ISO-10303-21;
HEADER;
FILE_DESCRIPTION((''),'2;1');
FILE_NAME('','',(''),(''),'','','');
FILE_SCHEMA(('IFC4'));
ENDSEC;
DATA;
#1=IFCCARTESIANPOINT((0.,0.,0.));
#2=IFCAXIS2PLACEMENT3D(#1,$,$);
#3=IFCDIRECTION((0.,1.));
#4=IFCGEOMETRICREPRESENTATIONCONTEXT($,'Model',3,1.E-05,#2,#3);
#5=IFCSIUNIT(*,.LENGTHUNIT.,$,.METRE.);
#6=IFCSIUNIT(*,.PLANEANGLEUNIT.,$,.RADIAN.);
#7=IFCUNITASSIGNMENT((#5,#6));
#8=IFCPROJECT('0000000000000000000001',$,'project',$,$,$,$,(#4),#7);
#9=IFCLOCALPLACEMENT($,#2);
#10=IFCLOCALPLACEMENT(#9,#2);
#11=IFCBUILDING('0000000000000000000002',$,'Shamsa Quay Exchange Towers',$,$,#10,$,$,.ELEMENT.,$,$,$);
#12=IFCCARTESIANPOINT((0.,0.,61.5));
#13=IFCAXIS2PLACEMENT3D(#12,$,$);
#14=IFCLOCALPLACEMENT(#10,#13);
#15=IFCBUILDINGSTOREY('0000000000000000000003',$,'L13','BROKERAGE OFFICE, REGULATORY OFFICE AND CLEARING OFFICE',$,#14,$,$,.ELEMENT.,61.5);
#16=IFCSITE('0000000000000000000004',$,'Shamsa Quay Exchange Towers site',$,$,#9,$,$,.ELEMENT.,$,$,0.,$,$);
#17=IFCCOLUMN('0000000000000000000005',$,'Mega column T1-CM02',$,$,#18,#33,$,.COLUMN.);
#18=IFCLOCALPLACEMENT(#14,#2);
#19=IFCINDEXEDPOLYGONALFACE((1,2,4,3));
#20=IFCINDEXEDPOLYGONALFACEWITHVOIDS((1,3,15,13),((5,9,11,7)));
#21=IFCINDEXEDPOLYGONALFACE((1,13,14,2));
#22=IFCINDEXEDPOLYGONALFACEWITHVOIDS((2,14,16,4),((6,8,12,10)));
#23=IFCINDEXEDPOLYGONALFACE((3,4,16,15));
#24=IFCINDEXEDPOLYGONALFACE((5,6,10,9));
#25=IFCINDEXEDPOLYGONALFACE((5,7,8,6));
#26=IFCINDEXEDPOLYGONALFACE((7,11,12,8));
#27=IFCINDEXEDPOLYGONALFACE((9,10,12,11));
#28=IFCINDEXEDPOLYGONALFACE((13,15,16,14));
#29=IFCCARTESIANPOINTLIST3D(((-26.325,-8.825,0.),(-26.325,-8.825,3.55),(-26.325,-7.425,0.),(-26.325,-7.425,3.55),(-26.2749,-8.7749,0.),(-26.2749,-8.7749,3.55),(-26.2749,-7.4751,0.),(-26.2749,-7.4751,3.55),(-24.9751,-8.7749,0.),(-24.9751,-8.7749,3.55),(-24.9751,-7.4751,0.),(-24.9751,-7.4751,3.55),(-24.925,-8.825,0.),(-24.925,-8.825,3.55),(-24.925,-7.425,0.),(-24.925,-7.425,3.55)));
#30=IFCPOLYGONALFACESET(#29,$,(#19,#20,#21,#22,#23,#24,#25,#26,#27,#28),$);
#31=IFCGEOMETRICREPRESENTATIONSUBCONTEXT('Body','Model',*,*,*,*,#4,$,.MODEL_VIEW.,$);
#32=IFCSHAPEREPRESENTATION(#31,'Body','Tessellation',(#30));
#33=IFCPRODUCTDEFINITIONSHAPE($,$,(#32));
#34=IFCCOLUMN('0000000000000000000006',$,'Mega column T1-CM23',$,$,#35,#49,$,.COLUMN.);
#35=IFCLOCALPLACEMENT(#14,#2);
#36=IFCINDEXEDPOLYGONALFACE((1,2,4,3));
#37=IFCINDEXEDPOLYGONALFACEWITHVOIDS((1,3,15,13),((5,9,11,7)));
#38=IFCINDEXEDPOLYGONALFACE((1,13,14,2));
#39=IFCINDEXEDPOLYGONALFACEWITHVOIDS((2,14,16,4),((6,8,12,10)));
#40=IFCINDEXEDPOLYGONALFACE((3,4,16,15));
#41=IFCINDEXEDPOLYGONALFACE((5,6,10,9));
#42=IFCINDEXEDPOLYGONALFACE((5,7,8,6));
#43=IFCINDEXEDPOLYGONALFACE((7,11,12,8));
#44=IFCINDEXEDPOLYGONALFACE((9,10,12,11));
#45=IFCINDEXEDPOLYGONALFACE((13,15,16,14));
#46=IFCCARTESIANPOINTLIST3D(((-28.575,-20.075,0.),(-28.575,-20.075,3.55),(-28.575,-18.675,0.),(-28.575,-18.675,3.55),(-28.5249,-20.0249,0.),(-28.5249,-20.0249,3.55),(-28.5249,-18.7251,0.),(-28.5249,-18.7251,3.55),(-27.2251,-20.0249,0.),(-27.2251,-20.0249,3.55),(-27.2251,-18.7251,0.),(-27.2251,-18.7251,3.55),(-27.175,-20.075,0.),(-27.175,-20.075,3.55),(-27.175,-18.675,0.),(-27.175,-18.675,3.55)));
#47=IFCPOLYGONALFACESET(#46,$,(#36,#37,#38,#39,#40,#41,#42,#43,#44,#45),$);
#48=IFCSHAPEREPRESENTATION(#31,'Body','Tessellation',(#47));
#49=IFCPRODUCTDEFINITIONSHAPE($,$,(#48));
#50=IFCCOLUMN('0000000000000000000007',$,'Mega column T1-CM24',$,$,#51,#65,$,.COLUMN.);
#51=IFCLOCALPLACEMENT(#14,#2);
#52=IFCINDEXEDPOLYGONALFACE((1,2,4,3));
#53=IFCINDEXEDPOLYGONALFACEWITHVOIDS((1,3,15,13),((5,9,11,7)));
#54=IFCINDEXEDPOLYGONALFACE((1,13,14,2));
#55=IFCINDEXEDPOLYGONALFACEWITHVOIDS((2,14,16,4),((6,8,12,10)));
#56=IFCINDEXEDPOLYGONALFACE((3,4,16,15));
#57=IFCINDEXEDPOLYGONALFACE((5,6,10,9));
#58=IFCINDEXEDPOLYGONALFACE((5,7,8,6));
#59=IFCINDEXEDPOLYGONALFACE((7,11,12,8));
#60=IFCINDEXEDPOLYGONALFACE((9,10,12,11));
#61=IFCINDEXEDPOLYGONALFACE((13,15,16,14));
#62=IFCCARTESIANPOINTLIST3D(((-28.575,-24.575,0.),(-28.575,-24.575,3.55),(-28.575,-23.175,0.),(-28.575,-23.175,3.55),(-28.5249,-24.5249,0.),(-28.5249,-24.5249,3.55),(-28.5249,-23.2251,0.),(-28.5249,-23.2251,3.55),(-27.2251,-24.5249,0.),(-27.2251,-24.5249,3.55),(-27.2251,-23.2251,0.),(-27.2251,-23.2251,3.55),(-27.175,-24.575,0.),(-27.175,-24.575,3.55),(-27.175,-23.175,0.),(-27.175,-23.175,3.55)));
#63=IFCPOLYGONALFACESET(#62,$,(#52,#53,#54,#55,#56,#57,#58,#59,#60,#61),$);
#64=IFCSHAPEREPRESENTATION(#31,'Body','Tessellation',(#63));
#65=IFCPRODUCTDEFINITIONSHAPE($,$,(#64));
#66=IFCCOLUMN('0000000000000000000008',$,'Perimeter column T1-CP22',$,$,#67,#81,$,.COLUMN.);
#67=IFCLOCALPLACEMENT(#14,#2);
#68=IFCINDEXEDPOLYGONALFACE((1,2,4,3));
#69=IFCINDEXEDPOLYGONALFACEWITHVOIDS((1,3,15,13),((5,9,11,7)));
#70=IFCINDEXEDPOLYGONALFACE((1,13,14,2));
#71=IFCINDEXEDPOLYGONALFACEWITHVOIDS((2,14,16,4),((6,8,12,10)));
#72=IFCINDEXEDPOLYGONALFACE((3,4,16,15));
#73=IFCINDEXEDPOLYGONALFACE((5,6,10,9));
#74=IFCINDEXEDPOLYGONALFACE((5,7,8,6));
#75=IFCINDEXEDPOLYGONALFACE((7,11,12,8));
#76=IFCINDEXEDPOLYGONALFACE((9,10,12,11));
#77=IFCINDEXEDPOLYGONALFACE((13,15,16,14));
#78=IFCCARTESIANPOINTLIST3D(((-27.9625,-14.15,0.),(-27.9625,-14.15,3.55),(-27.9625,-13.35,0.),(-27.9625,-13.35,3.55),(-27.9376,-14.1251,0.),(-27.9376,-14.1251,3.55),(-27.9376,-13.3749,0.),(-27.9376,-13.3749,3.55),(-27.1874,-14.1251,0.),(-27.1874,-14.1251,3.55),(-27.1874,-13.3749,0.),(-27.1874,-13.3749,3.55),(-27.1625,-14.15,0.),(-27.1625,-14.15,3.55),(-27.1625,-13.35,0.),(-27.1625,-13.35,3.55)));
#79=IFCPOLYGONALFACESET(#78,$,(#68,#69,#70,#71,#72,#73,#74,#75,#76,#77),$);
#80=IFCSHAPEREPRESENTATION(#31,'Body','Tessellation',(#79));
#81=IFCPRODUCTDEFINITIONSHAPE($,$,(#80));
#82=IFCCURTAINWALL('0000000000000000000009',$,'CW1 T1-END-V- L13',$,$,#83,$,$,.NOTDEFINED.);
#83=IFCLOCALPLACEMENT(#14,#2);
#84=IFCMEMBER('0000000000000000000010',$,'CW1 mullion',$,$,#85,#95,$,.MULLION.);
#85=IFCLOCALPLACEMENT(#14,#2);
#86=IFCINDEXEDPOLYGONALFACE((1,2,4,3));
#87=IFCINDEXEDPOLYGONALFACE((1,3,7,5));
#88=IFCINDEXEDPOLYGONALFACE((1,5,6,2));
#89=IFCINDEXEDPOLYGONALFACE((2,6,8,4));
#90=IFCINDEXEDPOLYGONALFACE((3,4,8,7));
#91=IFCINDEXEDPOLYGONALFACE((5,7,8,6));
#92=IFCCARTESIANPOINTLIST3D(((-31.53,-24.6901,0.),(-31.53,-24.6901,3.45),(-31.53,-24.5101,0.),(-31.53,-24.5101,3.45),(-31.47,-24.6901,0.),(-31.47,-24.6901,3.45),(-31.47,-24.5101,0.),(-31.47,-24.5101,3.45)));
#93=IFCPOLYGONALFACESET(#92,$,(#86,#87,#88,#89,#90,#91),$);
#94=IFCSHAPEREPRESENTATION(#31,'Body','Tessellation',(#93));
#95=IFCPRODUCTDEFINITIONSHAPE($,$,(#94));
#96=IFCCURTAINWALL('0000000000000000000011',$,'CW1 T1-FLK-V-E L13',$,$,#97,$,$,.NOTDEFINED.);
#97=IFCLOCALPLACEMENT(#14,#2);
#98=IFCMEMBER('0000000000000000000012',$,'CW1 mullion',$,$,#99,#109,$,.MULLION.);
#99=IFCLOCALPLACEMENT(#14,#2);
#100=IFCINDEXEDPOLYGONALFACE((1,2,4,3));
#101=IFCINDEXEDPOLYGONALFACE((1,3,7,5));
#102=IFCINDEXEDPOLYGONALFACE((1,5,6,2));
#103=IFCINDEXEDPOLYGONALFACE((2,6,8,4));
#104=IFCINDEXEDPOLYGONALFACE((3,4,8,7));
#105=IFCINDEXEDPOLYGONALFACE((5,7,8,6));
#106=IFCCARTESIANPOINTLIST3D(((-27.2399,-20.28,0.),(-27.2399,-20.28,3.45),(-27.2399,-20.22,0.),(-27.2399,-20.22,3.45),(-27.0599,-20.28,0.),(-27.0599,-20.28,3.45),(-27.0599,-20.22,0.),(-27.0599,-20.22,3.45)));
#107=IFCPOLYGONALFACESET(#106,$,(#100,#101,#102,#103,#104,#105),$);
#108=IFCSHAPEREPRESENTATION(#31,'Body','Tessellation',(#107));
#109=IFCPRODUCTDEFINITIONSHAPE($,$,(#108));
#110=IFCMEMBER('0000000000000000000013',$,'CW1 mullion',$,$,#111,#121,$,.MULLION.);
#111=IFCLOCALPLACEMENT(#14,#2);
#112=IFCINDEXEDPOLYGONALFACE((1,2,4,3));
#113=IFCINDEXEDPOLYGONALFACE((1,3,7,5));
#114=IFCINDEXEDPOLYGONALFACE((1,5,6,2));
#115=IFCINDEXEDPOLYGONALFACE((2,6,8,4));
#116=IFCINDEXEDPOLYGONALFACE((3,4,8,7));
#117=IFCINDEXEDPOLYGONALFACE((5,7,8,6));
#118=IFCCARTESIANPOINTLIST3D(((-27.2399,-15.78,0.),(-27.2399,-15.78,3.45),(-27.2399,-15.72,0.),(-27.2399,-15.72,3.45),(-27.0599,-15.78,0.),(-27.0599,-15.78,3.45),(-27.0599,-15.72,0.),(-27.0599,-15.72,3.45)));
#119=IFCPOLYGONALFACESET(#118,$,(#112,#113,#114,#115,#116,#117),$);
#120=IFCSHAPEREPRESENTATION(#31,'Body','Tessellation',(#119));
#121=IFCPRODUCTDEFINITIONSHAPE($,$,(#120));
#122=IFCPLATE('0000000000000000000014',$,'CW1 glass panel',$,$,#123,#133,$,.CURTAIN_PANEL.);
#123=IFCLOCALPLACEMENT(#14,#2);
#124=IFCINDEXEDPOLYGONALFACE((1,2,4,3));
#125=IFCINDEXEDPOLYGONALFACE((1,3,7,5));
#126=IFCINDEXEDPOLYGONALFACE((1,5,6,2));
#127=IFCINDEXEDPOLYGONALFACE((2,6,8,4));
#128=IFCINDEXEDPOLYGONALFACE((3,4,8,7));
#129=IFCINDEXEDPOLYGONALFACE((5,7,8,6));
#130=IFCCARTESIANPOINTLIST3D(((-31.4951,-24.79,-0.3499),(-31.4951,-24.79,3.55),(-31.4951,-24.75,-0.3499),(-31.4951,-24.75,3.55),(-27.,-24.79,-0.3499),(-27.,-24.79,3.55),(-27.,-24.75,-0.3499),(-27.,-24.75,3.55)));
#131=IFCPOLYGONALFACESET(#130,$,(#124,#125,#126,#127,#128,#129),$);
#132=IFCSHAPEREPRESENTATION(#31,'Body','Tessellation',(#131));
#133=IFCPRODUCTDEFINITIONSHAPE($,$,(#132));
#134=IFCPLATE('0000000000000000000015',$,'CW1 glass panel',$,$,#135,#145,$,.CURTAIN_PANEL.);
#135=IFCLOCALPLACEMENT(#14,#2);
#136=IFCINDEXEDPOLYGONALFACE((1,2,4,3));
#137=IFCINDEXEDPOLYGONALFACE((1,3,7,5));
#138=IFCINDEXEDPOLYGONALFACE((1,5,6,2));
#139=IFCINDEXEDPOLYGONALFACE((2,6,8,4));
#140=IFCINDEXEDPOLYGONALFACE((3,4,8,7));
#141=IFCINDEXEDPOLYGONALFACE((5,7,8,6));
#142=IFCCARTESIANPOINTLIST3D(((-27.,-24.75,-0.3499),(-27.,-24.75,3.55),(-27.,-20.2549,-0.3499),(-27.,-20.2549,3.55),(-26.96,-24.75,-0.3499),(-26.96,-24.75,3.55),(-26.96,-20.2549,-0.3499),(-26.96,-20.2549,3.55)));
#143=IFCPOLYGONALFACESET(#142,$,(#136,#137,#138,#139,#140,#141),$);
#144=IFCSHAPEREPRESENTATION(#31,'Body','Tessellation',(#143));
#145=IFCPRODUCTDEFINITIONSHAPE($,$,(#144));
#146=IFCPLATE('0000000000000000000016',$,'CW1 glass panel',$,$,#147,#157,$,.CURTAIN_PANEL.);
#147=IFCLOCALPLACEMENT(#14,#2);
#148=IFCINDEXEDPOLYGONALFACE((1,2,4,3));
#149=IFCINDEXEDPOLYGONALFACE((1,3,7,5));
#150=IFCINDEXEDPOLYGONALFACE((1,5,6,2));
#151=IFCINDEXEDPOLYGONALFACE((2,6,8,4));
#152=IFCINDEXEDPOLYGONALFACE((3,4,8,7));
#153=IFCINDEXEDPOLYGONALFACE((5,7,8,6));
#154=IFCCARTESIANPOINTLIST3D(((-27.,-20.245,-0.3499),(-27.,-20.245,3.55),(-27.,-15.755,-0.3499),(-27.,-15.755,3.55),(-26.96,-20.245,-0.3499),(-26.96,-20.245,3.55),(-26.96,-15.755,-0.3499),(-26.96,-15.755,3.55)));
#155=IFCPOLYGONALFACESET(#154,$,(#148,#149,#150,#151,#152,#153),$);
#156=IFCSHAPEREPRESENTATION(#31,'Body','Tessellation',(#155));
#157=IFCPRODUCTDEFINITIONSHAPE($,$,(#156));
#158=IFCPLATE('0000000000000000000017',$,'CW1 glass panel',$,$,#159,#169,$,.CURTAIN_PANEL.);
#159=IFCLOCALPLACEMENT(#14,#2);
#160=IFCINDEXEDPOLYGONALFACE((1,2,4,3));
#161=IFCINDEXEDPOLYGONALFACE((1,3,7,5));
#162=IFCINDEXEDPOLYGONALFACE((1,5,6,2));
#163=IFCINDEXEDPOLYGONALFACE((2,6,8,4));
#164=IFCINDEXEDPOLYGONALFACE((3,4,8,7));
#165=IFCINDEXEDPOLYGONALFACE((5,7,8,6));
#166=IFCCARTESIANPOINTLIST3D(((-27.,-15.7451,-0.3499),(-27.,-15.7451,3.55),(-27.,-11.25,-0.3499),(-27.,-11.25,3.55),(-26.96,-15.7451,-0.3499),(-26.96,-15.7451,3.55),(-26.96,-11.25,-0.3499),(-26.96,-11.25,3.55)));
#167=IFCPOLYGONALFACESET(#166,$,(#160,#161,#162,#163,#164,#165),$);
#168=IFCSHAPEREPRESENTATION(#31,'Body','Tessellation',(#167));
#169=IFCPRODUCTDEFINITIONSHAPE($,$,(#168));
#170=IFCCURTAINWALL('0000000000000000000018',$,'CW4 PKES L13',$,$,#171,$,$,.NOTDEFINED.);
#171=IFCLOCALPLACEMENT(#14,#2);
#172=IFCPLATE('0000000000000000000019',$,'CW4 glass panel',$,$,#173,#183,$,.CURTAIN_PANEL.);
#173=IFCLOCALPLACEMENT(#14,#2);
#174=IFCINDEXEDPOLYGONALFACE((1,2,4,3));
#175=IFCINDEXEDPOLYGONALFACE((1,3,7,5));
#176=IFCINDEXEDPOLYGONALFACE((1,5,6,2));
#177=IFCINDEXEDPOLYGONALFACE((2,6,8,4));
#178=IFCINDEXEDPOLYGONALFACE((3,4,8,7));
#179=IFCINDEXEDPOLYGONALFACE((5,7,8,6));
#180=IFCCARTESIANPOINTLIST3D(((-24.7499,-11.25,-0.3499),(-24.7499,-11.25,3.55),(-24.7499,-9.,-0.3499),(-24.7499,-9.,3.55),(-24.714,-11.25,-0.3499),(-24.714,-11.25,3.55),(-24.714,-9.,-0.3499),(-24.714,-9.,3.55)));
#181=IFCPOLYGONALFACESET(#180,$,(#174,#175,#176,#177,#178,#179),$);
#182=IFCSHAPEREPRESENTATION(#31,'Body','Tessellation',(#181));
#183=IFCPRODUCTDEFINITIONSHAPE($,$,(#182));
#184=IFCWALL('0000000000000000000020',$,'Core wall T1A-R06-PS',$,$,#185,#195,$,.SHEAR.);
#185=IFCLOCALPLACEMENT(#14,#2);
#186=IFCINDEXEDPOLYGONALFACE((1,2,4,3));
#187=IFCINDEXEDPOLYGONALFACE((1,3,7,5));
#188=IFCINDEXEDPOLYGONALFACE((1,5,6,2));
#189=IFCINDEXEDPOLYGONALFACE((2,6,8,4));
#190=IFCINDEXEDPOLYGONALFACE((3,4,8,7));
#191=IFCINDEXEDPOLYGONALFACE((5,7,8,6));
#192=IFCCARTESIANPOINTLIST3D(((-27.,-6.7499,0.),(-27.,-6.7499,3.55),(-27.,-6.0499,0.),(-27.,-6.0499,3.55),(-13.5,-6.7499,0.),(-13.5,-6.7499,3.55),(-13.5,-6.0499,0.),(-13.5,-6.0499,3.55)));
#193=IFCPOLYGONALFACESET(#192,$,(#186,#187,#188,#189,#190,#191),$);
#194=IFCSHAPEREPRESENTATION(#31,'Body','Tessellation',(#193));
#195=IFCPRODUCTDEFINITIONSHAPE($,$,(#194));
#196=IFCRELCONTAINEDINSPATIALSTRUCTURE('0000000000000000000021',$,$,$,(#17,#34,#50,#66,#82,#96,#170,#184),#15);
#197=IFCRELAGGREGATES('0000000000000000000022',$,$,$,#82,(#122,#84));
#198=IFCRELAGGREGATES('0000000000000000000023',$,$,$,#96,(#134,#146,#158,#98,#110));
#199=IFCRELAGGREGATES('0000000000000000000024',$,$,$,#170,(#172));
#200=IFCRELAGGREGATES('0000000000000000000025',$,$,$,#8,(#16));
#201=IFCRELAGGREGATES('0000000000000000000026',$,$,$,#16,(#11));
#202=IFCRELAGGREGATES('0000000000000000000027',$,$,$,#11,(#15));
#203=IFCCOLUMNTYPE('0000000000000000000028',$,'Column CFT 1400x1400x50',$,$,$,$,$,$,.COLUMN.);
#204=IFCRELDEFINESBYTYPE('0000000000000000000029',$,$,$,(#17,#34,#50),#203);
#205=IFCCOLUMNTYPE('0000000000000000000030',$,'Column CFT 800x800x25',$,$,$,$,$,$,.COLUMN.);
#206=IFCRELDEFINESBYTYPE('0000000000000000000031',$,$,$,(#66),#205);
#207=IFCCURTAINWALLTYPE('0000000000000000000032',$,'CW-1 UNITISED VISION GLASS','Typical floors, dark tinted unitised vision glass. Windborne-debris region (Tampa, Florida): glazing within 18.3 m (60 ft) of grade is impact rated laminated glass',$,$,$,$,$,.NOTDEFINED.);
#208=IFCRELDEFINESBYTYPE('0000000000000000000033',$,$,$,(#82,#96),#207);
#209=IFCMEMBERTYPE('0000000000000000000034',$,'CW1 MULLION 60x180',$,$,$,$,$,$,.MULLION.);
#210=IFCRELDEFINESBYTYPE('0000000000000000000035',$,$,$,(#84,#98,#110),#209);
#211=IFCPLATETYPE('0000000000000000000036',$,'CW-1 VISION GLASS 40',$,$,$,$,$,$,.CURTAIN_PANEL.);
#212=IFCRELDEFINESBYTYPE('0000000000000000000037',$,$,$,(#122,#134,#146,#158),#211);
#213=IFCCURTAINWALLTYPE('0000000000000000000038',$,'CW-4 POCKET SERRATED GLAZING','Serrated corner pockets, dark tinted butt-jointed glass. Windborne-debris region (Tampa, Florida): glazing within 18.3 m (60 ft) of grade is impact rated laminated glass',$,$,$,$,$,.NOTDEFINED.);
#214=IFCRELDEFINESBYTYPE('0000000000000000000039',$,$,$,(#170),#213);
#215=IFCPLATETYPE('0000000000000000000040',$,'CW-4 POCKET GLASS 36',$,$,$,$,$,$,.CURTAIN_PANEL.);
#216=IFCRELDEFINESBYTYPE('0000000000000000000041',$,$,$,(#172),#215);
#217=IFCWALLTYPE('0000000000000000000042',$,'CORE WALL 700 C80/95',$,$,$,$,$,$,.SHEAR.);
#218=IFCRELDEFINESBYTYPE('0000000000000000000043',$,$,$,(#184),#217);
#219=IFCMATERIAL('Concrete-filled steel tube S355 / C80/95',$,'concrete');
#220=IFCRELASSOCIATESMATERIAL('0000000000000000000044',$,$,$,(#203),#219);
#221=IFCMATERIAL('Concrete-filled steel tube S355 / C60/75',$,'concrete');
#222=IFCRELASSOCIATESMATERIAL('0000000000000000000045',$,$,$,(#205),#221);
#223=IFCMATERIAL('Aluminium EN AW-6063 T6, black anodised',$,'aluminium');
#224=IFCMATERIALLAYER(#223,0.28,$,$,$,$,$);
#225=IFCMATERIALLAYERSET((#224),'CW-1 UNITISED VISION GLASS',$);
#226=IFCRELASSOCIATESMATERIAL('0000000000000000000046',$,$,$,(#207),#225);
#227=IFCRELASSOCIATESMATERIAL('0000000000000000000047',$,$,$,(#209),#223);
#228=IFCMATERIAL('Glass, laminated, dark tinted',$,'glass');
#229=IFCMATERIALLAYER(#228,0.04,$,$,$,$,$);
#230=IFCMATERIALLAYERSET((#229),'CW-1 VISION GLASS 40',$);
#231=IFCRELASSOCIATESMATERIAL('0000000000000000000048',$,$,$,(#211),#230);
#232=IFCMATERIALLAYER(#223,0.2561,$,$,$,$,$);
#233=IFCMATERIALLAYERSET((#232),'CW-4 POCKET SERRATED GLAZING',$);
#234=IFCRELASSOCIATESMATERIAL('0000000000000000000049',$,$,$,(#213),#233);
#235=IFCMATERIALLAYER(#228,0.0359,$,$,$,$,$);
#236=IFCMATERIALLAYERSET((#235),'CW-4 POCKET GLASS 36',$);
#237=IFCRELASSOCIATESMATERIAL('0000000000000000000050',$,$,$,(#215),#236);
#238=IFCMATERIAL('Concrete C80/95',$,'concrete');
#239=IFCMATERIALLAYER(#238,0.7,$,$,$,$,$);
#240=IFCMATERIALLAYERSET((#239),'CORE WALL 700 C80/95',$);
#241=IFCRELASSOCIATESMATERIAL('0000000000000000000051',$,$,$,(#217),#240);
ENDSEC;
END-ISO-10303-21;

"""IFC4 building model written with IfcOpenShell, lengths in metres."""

from ifc_helpers import new_model, si_unit, direction, frame, frame_2d, origin, origin_2d, place, context, subcontext, project, spatial, rectangle, hollow_rectangle, extrude, material, layer, layer_set, material_profile, profile_set, type_object, element, aggregate, save


model = new_model("IFC4")

# Units and contexts
model_context = context("Model", 3, precision=1e-05, world=origin(), true_north=direction((0.0, 1.0)))
body_context = subcontext(model_context, "Body", "Model", "MODEL_VIEW")
ifc_project = project(units=[si_unit("LENGTHUNIT", "METRE"), si_unit("PLANEANGLEUNIT", "RADIAN")], contexts=[model_context])

# Site, building, storey
site_placement = place(None, origin())
site = spatial("IfcSite", under=ifc_project, at=site_placement, Name="Shamsa Quay Exchange Towers site", CompositionType="ELEMENT", RefElevation=0.0)
building_placement = place(site_placement, origin())
building = spatial("IfcBuilding", under=site, at=building_placement, Name="Shamsa Quay Exchange Towers", CompositionType="ELEMENT")
storey_placement = place(building_placement, frame((0.0, 0.0, 61.5)))
storey = spatial("IfcBuildingStorey", under=building, at=storey_placement, Name="L13", Description="BROKERAGE OFFICE, REGULATORY OFFICE AND CLEARING OFFICE", CompositionType="ELEMENT", Elevation=61.5)

# Columns
ifc_material_1 = material(Name="Concrete-filled steel tube S355 / C80/95", Category="concrete")
ifc_material_profile_1 = material_profile(ifc_material_1, hollow_rectangle(XDim=1.3999, YDim=1.3999, WallThickness=0.05, at=origin_2d()), Name="CFT 1400x1400x50")
ifc_profile_set_1 = profile_set([ifc_material_profile_1], Name="Concrete-filled steel tube S355 / C80/95")
column_type_1 = type_object("IfcColumnType", Name="Column CFT 1400x1400x50", PredefinedType="COLUMN", material=ifc_profile_set_1)
for number, where, name in (
    (1, (-25.625, -8.125, 0.0), "Mega column T1-CM02"),
    (2, (-27.875, -19.375, 0.0), "Mega column T1-CM23"),
    (3, (-27.875, -23.875, 0.0), "Mega column T1-CM24"),
):
    element("IfcColumn", number, at=place(storey_placement, frame(where)), inside=storey, type_object=column_type_1, Name=name, PredefinedType="COLUMN", context=body_context, shape_type="SweptSolid", body=[
        extrude(hollow_rectangle(XDim=1.3999, YDim=1.3999, WallThickness=0.05, at=origin_2d()), origin(), (0.0, 0.0, 1.0), 3.55),
    ])
ifc_material_2 = material(Name="Concrete-filled steel tube S355 / C60/75", Category="concrete")
ifc_material_profile_2 = material_profile(ifc_material_2, hollow_rectangle(XDim=0.8, YDim=0.8, WallThickness=0.0249, at=origin_2d()), Name="CFT 800x800x25")
ifc_profile_set_2 = profile_set([ifc_material_profile_2], Name="Concrete-filled steel tube S355 / C60/75")
column_type_2 = type_object("IfcColumnType", Name="Column CFT 800x800x25", PredefinedType="COLUMN", material=ifc_profile_set_2)
column_placement = place(storey_placement, frame((-27.5625, -13.75, 0.0)))
element("IfcColumn", 4, at=column_placement, inside=storey, type_object=column_type_2, Name="Perimeter column T1-CP22", PredefinedType="COLUMN", context=body_context, shape_type="SweptSolid", body=[
    extrude(hollow_rectangle(XDim=0.8, YDim=0.8, WallThickness=0.0249, at=origin_2d()), origin(), (0.0, 0.0, 1.0), 3.55),
])

# Curtain wall, member
ifc_material_3 = material(Name="Aluminium EN AW-6063 T6, black anodised", Category="aluminium")
ifc_layer_1 = layer(ifc_material_3, 0.28)
ifc_layer_set_1 = layer_set([ifc_layer_1], Name="CW-1 UNITISED VISION GLASS")
curtain_wall_type_1 = type_object("IfcCurtainWallType", Name="CW-1 UNITISED VISION GLASS", Description="Typical floors, dark tinted unitised vision glass. Windborne-debris region (Tampa, Florida): glazing within 18.3 m (60 ft) of grade is impact rated laminated glass", PredefinedType="NOTDEFINED", material=ifc_layer_set_1)
curtain_wall_1_placement = place(storey_placement, origin())
curtain_wall_1 = element("IfcCurtainWall", 5, at=curtain_wall_1_placement, inside=storey, type_object=curtain_wall_type_1, Name="CW1 T1-END-V- L13", PredefinedType="NOTDEFINED")
ifc_material_profile_3 = material_profile(ifc_material_3, rectangle(XDim=0.1799, YDim=0.0601, at=origin_2d()), Name="MU60x180")
ifc_profile_set_3 = profile_set([ifc_material_profile_3], Name="Aluminium EN AW-6063 T6, black anodised")
member_type = type_object("IfcMemberType", Name="CW1 MULLION 60x180", PredefinedType="MULLION", material=ifc_profile_set_3)
member_1_placement = place(storey_placement, frame((-31.5, -24.6001, 0.0), z_axis=(0.0, 0.0, 1.0), x_axis=(0.0, 1.0, 0.0)))
member_1 = element("IfcMember", 6, at=member_1_placement, type_object=member_type, Name="CW1 mullion", PredefinedType="MULLION", context=body_context, shape_type="SweptSolid", body=[
    extrude(rectangle(XDim=0.1799, YDim=0.0601, at=origin_2d()), origin(), (0.0, 0.0, 1.0), 3.45),
])

# Curtain wall, members
curtain_wall_2_placement = place(storey_placement, origin())
curtain_wall_2 = element("IfcCurtainWall", 7, at=curtain_wall_2_placement, inside=storey, type_object=curtain_wall_type_1, Name="CW1 T1-FLK-V-E L13", PredefinedType="NOTDEFINED")
member_2_placement = place(storey_placement, frame((-27.1499, -20.25, 0.0), z_axis=(0.0, 0.0, 1.0), x_axis=(-1.0, 0.0, 0.0)))
member_2 = element("IfcMember", 8, at=member_2_placement, type_object=member_type, Name="CW1 mullion", PredefinedType="MULLION", context=body_context, shape_type="SweptSolid", body=[
    extrude(rectangle(XDim=0.1799, YDim=0.0601, at=origin_2d()), origin(), (0.0, 0.0, 1.0), 3.45),
])
member_3_placement = place(storey_placement, frame((-27.1499, -15.75, 0.0), z_axis=(0.0, 0.0, 1.0), x_axis=(-1.0, 0.0, 0.0)))
member_3 = element("IfcMember", 9, at=member_3_placement, type_object=member_type, Name="CW1 mullion", PredefinedType="MULLION", context=body_context, shape_type="SweptSolid", body=[
    extrude(rectangle(XDim=0.1799, YDim=0.0601, at=origin_2d()), origin(), (0.0, 0.0, 1.0), 3.45),
])

# Plates
ifc_material_4 = material(Name="Glass, laminated, dark tinted", Category="glass")
ifc_layer_2 = layer(ifc_material_4, 0.04)
ifc_layer_set_2 = layer_set([ifc_layer_2], Name="CW-1 VISION GLASS 40")
plate_type_1 = type_object("IfcPlateType", Name="CW-1 VISION GLASS 40", PredefinedType="CURTAIN_PANEL", material=ifc_layer_set_2)
plate_1_placement = place(storey_placement, frame((-29.2476, -24.77, -0.3499)))
plate_1 = element("IfcPlate", 10, at=plate_1_placement, type_object=plate_type_1, Name="CW1 glass panel", PredefinedType="CURTAIN_PANEL", context=body_context, shape_type="SweptSolid", body=[
    extrude(rectangle(XDim=4.4951, YDim=0.04, at=origin_2d()), origin(), (0.0, 0.0, 1.0), 3.8999),
])
aggregate(curtain_wall_1, [plate_1, member_1])
plate_2_placement = place(storey_placement, frame((-26.98, -22.5024, -0.3499), z_axis=(0.0, 0.0, 1.0), x_axis=(0.0, 1.0, 0.0)))
plate_2 = element("IfcPlate", 11, at=plate_2_placement, type_object=plate_type_1, Name="CW1 glass panel", PredefinedType="CURTAIN_PANEL", context=body_context, shape_type="SweptSolid", body=[
    extrude(rectangle(XDim=4.4951, YDim=0.04, at=origin_2d()), origin(), (0.0, 0.0, 1.0), 3.8999),
])
plate_3_placement = place(storey_placement, frame((-26.98, -18.0, -0.3499), z_axis=(0.0, 0.0, 1.0), x_axis=(0.0, 1.0, 0.0)))
plate_3 = element("IfcPlate", 12, at=plate_3_placement, type_object=plate_type_1, Name="CW1 glass panel", PredefinedType="CURTAIN_PANEL", context=body_context, shape_type="SweptSolid", body=[
    extrude(rectangle(XDim=4.49, YDim=0.04, at=origin_2d()), origin(), (0.0, 0.0, 1.0), 3.8999),
])
plate_4_placement = place(storey_placement, frame((-26.98, -13.4976, -0.3499), z_axis=(0.0, 0.0, 1.0), x_axis=(0.0, 1.0, 0.0)))
plate_4 = element("IfcPlate", 13, at=plate_4_placement, type_object=plate_type_1, Name="CW1 glass panel", PredefinedType="CURTAIN_PANEL", context=body_context, shape_type="SweptSolid", body=[
    extrude(rectangle(XDim=4.4951, YDim=0.04, at=origin_2d()), origin(), (0.0, 0.0, 1.0), 3.8999),
])
aggregate(curtain_wall_2, [plate_2, plate_3, plate_4, member_2, member_3])

# Curtain wall, plate
ifc_layer_3 = layer(ifc_material_3, 0.2561)
ifc_layer_set_3 = layer_set([ifc_layer_3], Name="CW-4 POCKET SERRATED GLAZING")
curtain_wall_type_2 = type_object("IfcCurtainWallType", Name="CW-4 POCKET SERRATED GLAZING", Description="Serrated corner pockets, dark tinted butt-jointed glass. Windborne-debris region (Tampa, Florida): glazing within 18.3 m (60 ft) of grade is impact rated laminated glass", PredefinedType="NOTDEFINED", material=ifc_layer_set_3)
curtain_wall_3_placement = place(storey_placement, origin())
curtain_wall_3 = element("IfcCurtainWall", 14, at=curtain_wall_3_placement, inside=storey, type_object=curtain_wall_type_2, Name="CW4 PKES L13", PredefinedType="NOTDEFINED")
ifc_layer_4 = layer(ifc_material_4, 0.0359)
ifc_layer_set_4 = layer_set([ifc_layer_4], Name="CW-4 POCKET GLASS 36")
plate_type_2 = type_object("IfcPlateType", Name="CW-4 POCKET GLASS 36", PredefinedType="CURTAIN_PANEL", material=ifc_layer_set_4)
plate_5_placement = place(storey_placement, frame((-24.7319, -10.125, -0.3499), z_axis=(0.0, 0.0, 1.0), x_axis=(0.0, 1.0, 0.0)))
plate_5 = element("IfcPlate", 15, at=plate_5_placement, type_object=plate_type_2, Name="CW4 glass panel", PredefinedType="CURTAIN_PANEL", context=body_context, shape_type="SweptSolid", body=[
    extrude(rectangle(XDim=2.25, YDim=0.0359, at=origin_2d()), origin(), (0.0, 0.0, 1.0), 3.8999),
])
aggregate(curtain_wall_3, [plate_5])

# Wall
ifc_material_5 = material(Name="Concrete C80/95", Category="concrete")
ifc_layer_5 = layer(ifc_material_5, 0.7)
ifc_layer_set_5 = layer_set([ifc_layer_5], Name="CORE WALL 700 C80/95")
wall_type_1 = type_object("IfcWallType", Name="CORE WALL 700 C80/95", PredefinedType="SHEAR", material=ifc_layer_set_5)
wall_1_placement = place(storey_placement, frame((-27.0, -6.3999, 0.0)))
element("IfcWall", 16, at=wall_1_placement, inside=storey, type_object=wall_type_1, Name="Core wall T1A-R06-PS", PredefinedType="SHEAR", context=body_context, shape_type="SweptSolid", body=[
    extrude(rectangle(XDim=13.5, YDim=0.7, at=frame_2d((6.75, 0.0))), origin(), (0.0, 0.0, 1.0), 3.55),
])

save(model, "model.ifc")
